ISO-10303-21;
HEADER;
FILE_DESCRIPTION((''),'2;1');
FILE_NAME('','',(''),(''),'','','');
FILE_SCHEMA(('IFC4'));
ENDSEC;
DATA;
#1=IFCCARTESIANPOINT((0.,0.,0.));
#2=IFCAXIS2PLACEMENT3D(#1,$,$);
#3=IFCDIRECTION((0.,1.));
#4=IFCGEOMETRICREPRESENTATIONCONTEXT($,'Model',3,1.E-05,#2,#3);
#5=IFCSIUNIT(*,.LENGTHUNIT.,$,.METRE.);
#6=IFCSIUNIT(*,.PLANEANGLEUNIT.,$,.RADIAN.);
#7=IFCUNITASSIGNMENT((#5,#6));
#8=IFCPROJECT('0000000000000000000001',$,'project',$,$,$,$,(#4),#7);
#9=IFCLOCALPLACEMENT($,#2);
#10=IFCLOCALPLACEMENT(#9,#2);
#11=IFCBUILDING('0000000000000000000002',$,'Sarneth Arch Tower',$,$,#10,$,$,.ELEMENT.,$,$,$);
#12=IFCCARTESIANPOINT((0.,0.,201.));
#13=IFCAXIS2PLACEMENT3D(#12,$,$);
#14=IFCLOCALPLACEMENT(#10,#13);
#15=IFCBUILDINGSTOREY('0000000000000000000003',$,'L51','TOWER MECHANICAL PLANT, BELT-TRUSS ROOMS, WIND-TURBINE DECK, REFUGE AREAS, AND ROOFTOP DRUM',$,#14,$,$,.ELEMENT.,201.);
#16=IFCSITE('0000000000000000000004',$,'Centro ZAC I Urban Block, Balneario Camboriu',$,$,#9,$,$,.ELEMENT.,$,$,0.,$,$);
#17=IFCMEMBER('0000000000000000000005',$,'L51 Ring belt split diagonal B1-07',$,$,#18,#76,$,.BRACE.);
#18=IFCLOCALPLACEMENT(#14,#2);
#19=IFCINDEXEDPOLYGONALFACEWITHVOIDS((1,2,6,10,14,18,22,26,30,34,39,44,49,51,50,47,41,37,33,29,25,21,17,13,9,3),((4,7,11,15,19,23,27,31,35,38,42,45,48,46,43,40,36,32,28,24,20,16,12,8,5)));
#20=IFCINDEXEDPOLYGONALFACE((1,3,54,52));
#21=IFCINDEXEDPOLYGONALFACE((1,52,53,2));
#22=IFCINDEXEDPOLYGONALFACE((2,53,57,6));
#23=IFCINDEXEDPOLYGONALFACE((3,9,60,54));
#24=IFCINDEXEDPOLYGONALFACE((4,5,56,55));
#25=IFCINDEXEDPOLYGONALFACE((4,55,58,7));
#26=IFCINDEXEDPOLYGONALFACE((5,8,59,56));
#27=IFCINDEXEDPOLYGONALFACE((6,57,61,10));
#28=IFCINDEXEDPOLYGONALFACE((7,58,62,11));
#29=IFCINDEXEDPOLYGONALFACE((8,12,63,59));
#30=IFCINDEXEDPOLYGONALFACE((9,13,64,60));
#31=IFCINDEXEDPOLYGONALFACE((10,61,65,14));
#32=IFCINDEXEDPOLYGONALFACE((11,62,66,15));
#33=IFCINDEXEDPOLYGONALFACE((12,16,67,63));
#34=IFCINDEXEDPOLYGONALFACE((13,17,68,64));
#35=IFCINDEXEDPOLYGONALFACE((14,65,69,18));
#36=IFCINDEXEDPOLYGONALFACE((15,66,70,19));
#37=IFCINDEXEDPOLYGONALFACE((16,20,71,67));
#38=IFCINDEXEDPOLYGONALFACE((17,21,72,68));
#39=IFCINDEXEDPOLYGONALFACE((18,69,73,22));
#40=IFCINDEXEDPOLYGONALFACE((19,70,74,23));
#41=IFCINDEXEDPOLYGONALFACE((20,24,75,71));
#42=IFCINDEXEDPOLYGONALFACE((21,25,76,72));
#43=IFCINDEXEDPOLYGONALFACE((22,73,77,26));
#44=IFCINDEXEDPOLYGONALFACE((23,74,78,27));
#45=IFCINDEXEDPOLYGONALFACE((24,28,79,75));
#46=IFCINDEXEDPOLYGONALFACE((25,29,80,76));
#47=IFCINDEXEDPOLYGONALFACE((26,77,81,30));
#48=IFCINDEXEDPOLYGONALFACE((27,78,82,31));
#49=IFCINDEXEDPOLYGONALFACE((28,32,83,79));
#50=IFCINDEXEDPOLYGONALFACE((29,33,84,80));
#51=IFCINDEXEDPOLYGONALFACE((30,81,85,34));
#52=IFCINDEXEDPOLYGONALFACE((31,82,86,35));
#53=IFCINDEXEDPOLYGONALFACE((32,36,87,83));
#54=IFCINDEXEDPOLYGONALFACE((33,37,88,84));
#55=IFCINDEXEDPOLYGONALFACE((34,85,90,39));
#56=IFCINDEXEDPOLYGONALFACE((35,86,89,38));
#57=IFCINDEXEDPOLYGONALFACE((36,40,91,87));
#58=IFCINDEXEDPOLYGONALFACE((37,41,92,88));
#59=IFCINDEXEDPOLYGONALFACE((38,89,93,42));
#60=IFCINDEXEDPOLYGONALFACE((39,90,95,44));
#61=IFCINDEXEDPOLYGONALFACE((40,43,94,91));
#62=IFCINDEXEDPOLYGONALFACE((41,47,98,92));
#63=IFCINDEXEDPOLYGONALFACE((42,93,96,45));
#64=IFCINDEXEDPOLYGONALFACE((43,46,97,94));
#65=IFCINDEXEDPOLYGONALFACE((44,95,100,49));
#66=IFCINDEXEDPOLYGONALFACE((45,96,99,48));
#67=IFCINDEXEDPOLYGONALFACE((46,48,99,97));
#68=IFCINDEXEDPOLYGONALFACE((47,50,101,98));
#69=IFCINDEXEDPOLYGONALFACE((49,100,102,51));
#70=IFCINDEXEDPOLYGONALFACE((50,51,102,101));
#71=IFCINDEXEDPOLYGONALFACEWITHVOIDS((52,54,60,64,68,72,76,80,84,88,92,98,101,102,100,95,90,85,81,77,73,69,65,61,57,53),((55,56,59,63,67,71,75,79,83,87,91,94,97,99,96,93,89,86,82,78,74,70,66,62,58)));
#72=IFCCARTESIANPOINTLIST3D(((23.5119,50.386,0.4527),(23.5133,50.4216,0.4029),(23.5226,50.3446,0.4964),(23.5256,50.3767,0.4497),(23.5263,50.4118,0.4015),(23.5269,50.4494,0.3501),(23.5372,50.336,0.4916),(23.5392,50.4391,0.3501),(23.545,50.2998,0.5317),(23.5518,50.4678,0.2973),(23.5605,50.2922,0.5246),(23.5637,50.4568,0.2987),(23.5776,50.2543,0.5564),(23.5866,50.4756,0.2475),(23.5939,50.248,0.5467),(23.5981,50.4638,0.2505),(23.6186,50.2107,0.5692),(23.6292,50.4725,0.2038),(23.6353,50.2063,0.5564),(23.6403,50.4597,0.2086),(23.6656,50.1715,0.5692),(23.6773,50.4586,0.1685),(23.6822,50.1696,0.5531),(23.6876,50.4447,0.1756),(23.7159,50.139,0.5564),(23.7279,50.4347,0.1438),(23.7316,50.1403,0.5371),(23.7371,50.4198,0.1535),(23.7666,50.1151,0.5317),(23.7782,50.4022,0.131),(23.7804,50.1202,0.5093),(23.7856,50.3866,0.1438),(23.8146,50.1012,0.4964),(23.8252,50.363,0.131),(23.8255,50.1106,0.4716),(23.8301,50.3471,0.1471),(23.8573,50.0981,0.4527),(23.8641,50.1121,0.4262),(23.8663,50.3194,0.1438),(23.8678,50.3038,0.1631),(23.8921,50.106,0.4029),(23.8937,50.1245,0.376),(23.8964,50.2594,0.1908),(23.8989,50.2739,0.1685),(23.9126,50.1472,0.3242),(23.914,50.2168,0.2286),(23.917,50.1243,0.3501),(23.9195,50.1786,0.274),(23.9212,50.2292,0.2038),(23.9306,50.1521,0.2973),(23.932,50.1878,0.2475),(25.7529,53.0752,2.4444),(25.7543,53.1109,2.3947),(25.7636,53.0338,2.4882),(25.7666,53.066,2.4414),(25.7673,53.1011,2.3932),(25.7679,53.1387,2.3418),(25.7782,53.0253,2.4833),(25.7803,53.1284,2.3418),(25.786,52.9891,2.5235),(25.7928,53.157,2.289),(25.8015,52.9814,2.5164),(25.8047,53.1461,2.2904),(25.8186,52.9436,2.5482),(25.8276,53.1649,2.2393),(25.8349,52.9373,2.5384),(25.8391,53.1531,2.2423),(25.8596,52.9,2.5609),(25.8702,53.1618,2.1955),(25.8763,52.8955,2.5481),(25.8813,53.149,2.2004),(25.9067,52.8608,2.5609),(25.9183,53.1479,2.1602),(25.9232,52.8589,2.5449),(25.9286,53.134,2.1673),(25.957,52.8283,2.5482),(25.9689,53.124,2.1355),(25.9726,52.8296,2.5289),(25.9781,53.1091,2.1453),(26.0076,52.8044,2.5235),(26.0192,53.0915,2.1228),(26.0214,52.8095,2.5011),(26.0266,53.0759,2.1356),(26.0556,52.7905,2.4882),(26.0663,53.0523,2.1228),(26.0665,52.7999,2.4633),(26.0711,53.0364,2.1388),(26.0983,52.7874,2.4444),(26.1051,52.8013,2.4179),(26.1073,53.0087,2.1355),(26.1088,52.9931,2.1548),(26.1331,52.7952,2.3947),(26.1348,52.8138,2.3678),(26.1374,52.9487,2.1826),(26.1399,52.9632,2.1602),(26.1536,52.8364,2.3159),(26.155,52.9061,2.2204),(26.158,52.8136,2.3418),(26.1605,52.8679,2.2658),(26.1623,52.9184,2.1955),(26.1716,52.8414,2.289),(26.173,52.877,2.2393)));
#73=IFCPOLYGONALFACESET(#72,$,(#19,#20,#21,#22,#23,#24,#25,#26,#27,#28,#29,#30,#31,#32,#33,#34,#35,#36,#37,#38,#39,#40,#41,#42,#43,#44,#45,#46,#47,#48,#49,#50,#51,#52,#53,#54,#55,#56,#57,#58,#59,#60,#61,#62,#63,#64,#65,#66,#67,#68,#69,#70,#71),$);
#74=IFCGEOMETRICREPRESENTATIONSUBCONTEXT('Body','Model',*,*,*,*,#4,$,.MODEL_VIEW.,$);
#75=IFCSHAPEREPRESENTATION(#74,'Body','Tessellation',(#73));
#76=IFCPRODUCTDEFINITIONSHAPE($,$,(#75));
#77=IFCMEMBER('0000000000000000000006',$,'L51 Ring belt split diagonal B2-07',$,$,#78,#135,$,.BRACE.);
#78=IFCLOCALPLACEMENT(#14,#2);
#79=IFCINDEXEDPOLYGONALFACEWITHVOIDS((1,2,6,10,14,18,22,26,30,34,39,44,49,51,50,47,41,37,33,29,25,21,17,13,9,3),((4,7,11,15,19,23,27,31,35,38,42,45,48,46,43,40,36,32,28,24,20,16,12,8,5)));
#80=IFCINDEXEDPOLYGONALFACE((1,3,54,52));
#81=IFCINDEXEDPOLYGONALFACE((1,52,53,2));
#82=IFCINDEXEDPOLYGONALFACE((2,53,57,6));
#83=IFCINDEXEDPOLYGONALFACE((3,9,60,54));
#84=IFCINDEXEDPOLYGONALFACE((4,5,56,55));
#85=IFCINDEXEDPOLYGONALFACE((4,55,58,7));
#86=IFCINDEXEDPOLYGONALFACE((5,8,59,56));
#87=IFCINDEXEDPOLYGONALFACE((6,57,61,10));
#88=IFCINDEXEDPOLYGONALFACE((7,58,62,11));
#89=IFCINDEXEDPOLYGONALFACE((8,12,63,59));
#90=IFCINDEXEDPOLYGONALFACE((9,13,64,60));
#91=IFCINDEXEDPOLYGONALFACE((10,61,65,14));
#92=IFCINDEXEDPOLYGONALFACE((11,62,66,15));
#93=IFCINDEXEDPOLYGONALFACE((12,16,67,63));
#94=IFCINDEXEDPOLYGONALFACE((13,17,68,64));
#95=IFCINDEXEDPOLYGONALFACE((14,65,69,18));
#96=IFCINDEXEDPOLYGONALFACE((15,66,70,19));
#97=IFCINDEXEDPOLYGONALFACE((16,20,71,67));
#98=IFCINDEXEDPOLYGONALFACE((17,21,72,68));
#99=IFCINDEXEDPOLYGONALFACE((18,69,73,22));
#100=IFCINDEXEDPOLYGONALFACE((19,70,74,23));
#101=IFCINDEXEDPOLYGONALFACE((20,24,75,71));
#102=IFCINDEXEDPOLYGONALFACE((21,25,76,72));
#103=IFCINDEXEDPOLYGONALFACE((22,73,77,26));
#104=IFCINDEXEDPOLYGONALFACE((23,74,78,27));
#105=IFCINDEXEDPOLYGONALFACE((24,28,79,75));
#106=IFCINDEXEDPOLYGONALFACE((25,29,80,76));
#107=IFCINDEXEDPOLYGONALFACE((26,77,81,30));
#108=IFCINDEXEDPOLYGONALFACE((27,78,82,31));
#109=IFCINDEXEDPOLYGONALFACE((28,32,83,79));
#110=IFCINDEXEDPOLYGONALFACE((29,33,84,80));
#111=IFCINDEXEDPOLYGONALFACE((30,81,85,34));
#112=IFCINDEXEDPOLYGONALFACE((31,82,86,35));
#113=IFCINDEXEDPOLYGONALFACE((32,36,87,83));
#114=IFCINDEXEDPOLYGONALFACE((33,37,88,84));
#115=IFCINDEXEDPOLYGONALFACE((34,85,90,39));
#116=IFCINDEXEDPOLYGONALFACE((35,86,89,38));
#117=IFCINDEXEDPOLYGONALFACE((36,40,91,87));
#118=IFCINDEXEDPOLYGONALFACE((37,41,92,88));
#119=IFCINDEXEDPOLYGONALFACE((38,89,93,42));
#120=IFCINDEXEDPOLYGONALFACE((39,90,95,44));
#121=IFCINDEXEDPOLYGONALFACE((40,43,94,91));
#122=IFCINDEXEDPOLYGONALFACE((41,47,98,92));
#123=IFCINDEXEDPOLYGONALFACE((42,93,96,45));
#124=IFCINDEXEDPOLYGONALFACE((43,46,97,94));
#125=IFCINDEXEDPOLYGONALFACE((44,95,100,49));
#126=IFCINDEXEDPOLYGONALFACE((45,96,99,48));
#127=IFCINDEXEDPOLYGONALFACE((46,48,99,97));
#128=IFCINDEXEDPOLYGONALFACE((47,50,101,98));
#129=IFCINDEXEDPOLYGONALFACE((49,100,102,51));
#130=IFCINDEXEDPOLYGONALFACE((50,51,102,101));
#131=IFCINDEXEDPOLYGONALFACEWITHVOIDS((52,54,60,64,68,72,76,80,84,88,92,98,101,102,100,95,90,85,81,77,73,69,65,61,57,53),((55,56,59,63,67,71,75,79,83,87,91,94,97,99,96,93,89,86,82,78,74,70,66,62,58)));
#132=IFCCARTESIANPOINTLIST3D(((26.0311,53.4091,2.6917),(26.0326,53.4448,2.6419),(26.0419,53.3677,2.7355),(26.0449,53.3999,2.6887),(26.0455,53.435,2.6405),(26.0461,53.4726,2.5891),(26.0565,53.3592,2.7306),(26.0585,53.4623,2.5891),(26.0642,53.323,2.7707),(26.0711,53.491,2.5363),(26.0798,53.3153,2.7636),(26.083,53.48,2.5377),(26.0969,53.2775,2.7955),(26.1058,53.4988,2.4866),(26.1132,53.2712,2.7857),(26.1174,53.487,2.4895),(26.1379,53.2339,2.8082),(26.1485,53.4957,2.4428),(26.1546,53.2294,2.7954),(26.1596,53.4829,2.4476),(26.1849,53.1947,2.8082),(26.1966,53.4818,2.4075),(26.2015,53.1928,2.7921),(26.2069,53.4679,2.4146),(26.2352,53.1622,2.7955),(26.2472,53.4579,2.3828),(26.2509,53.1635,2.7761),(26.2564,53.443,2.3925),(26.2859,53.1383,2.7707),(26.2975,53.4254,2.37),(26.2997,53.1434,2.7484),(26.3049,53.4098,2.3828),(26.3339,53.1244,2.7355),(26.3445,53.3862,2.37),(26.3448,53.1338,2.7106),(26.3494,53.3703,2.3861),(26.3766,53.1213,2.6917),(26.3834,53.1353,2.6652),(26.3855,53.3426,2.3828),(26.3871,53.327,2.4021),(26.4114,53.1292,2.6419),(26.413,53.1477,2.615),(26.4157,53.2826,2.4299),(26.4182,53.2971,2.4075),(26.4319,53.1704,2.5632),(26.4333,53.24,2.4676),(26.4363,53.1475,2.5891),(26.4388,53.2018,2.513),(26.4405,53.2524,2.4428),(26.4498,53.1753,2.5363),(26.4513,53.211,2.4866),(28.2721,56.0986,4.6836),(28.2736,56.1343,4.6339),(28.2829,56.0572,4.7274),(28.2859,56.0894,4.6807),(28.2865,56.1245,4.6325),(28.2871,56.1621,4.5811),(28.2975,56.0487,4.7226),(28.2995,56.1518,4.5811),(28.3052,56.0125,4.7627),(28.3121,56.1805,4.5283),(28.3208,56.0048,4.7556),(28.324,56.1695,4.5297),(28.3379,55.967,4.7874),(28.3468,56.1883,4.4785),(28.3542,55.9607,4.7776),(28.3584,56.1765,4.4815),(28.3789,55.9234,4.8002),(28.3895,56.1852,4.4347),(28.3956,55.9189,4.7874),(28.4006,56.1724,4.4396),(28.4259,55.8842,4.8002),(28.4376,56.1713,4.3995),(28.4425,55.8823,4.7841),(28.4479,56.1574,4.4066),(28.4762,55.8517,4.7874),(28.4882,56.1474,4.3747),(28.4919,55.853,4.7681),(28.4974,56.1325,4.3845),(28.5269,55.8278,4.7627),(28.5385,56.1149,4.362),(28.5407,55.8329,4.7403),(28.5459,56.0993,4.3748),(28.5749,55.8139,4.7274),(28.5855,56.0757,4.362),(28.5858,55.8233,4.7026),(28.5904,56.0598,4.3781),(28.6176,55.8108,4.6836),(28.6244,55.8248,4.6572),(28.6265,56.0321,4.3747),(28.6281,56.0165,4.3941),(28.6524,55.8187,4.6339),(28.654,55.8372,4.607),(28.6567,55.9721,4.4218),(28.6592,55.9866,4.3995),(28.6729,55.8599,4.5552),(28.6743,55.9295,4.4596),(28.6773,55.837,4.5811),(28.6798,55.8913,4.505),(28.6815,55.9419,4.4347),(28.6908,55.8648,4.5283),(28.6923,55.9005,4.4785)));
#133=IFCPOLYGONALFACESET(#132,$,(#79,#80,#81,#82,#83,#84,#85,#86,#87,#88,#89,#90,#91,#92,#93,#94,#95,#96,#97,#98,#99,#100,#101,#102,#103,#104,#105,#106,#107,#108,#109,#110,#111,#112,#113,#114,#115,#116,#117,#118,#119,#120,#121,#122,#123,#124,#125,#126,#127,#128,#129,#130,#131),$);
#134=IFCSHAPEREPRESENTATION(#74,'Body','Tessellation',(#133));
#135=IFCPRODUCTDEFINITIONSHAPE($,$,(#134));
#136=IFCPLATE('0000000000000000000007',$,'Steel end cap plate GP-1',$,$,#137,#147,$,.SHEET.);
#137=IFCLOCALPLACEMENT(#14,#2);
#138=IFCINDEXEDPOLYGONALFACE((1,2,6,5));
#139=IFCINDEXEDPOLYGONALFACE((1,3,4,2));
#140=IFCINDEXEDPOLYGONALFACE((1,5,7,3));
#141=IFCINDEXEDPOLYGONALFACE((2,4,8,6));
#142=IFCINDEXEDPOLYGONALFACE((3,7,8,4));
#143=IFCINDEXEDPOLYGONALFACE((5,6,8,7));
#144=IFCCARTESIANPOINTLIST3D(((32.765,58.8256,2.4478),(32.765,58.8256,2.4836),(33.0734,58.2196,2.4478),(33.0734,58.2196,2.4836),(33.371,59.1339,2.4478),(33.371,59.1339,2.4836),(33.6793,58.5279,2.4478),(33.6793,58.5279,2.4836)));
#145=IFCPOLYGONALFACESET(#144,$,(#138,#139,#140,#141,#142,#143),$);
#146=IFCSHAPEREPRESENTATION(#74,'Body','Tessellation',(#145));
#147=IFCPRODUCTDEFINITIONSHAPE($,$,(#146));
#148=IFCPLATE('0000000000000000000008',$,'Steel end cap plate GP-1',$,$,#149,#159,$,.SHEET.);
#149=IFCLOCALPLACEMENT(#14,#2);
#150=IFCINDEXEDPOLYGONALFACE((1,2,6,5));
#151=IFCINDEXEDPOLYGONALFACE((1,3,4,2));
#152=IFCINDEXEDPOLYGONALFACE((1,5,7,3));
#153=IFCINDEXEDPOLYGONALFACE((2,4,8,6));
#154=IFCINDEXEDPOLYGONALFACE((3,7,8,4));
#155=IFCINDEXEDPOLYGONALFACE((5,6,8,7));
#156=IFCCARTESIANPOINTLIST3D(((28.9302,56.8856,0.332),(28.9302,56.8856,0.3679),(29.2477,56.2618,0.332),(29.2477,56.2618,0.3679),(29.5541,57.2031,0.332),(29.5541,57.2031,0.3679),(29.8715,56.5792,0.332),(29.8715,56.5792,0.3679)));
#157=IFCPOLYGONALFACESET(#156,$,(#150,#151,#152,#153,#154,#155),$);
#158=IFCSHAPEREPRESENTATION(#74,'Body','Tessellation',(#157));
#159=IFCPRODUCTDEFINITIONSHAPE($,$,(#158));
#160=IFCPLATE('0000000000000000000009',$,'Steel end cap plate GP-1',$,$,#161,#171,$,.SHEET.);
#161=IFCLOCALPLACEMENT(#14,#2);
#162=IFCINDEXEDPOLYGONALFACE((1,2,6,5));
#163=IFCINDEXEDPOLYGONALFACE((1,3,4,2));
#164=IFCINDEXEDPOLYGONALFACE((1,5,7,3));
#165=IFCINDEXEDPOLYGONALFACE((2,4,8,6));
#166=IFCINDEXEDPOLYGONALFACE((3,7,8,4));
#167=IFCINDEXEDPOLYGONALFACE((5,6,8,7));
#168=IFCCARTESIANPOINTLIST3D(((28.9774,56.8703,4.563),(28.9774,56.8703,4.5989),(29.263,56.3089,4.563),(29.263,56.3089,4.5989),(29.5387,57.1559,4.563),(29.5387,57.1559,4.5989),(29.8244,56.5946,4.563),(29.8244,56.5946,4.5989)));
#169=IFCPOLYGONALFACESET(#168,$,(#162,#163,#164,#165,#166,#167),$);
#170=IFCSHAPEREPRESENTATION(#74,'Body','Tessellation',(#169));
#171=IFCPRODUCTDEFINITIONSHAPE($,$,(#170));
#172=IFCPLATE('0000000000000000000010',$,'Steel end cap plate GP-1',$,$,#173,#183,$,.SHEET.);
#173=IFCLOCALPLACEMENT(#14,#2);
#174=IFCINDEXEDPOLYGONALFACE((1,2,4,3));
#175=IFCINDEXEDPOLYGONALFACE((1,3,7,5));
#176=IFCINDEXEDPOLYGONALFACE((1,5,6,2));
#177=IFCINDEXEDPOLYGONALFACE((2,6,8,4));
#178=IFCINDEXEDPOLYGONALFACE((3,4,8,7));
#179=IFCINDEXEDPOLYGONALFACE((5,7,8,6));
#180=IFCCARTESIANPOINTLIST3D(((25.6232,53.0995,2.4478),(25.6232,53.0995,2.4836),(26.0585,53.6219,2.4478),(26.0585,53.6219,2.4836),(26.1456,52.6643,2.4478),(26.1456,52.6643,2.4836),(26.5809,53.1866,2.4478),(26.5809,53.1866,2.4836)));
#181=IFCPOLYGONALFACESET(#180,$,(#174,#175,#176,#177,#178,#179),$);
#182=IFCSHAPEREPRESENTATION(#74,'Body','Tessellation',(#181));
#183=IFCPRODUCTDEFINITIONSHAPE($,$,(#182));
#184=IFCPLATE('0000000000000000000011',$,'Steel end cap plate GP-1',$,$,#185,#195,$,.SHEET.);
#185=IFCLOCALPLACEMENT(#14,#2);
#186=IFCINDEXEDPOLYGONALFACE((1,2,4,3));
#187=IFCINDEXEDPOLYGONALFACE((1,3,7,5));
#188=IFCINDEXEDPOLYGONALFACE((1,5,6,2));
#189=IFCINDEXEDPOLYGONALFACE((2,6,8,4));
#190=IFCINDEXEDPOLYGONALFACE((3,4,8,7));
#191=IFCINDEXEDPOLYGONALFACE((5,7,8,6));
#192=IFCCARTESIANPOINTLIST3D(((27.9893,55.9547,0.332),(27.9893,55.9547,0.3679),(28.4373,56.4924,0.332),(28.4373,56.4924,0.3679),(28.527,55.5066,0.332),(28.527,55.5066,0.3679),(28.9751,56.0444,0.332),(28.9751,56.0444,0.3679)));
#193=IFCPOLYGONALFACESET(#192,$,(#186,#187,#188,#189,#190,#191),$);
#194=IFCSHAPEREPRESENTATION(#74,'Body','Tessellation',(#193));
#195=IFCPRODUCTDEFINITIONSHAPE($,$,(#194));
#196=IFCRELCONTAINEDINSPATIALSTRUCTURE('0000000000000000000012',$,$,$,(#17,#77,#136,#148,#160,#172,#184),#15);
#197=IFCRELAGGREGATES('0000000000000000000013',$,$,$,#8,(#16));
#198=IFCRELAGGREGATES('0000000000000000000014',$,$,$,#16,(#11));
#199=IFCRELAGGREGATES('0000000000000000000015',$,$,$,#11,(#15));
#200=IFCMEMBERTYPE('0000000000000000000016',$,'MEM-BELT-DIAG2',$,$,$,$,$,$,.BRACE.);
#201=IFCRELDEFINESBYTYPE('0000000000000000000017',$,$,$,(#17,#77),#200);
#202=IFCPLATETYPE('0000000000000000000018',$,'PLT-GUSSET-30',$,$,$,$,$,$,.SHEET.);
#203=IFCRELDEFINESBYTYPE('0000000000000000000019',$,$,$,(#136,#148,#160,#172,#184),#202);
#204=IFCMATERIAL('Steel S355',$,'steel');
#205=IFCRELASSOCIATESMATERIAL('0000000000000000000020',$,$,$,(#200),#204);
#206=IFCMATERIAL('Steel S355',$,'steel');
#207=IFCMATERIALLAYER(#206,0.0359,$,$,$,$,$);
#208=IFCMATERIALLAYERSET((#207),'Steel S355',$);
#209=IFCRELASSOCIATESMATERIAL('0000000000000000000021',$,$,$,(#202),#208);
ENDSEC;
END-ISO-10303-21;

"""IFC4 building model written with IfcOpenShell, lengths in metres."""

from ifc_helpers import new_model, si_unit, direction, frame, origin, origin_2d, place, context, subcontext, project, spatial, rectangle, hollow_circle, extrude, material, layer, layer_set, material_profile, profile_set, type_object, element, save


model = new_model("IFC4")

# Units and contexts
model_context = context("Model", 3, precision=1e-05, world=origin(), true_north=direction((0.0, 1.0)))
body_context = subcontext(model_context, "Body", "Model", "MODEL_VIEW")
ifc_project = project(units=[si_unit("LENGTHUNIT", "METRE"), si_unit("PLANEANGLEUNIT", "RADIAN")], contexts=[model_context])

# Site, building, storey
site_placement = place(None, origin())
site = spatial("IfcSite", under=ifc_project, at=site_placement, Name="Centro ZAC I Urban Block, Balneario Camboriu", CompositionType="ELEMENT", RefElevation=0.0)
building_placement = place(site_placement, origin())
building = spatial("IfcBuilding", under=site, at=building_placement, Name="Sarneth Arch Tower", CompositionType="ELEMENT")
storey_placement = place(building_placement, frame((0.0, 0.0, 201.0)))
storey = spatial("IfcBuildingStorey", under=building, at=storey_placement, Name="L51", Description="TOWER MECHANICAL PLANT, BELT-TRUSS ROOMS, WIND-TURBINE DECK, REFUGE AREAS, AND ROOFTOP DRUM", CompositionType="ELEMENT", Elevation=201.0)

# Members
ifc_material_1 = material(Name="Steel S355", Category="steel")
ifc_material_profile_1 = material_profile(ifc_material_1, hollow_circle(Radius=0.2539, WallThickness=0.0161, at=origin_2d()), Name="CHS508x16")
ifc_profile_set_1 = profile_set([ifc_material_profile_1], Name="Steel S355")
member_type_1 = type_object("IfcMemberType", Name="MEM-BELT-DIAG2", PredefinedType="BRACE", material=ifc_profile_set_1)
member_1_placement = place(storey_placement, frame((23.7219, 50.2869, 0.3501), z_axis=(0.556418, 0.667714, 0.494527), x_axis=(-0.768227, 0.640178, 0.0)))
element("IfcMember", 1, at=member_1_placement, inside=storey, type_object=member_type_1, Name="L51 Ring belt split diagonal B1-07", PredefinedType="BRACE", context=body_context, shape_type="SweptSolid", body=[
    extrude(hollow_circle(Radius=0.2539, WallThickness=0.0161, at=origin_2d()), origin(), (0.0, 0.0, 1.0), 4.0276),
])
member_2_placement = place(storey_placement, frame((26.2412, 53.3101, 2.5891), z_axis=(0.556379, 0.667728, 0.494552), x_axis=(-0.768256, 0.640143, 0.0)))
element("IfcMember", 2, at=member_2_placement, inside=storey, type_object=member_type_1, Name="L51 Ring belt split diagonal B2-07", PredefinedType="BRACE", context=body_context, shape_type="SweptSolid", body=[
    extrude(hollow_circle(Radius=0.2539, WallThickness=0.0161, at=origin_2d()), origin(), (0.0, 0.0, 1.0), 4.0278),
])

# Plates
ifc_material_2 = material(Name="Steel S355", Category="steel")
ifc_layer_1 = layer(ifc_material_2, 0.0359)
ifc_layer_set_1 = layer_set([ifc_layer_1], Name="Steel S355")
plate_type_1 = type_object("IfcPlateType", Name="PLT-GUSSET-30", PredefinedType="SHEET", material=ifc_layer_set_1)
plate_1_placement = place(storey_placement, frame((33.2222, 58.6768, 2.4478), z_axis=(0.0, 0.0, 1.0), x_axis=(-0.891244, -0.453524, 0.0)))
element("IfcPlate", 3, at=plate_1_placement, inside=storey, type_object=plate_type_1, Name="Steel end cap plate GP-1", PredefinedType="SHEET", context=body_context, shape_type="SweptSolid", body=[
    extrude(rectangle(XDim=0.6799, YDim=0.6799, at=origin_2d()), origin(), (0.0, 0.0, 1.0), 0.0359),
])
plate_2_placement = place(storey_placement, frame((29.4009, 56.7324, 0.332), z_axis=(0.0, 0.0, 1.0), x_axis=(-0.891244, -0.453524, 0.0)))
element("IfcPlate", 4, at=plate_2_placement, inside=storey, type_object=plate_type_1, Name="Steel end cap plate GP-1", PredefinedType="SHEET", context=body_context, shape_type="SweptSolid", body=[
    extrude(rectangle(XDim=0.7, YDim=0.7, at=origin_2d()), origin(), (0.0, 0.0, 1.0), 0.0359),
])
plate_3_placement = place(storey_placement, frame((29.4009, 56.7324, 4.563), z_axis=(0.0, 0.0, 1.0), x_axis=(-0.891244, -0.453524, 0.0)))
element("IfcPlate", 5, at=plate_3_placement, inside=storey, type_object=plate_type_1, Name="Steel end cap plate GP-1", PredefinedType="SHEET", context=body_context, shape_type="SweptSolid", body=[
    extrude(rectangle(XDim=0.6299, YDim=0.6299, at=origin_2d()), origin(), (0.0, 0.0, 1.0), 0.0359),
])
plate_4_placement = place(storey_placement, frame((26.1021, 53.1431, 2.4478), z_axis=(0.0, 0.0, 1.0), x_axis=(-0.64011, -0.768284, 0.0)))
element("IfcPlate", 6, at=plate_4_placement, inside=storey, type_object=plate_type_1, Name="Steel end cap plate GP-1", PredefinedType="SHEET", context=body_context, shape_type="SweptSolid", body=[
    extrude(rectangle(XDim=0.6799, YDim=0.6799, at=origin_2d()), origin(), (0.0, 0.0, 1.0), 0.0359),
])
for number, where, z_axis, x_axis, name in (
    (7, (28.4822, 55.9995, 0.332), (0.0, 0.0, 1.0), (0.64011, 0.768284, 0.0), "Steel end cap plate GP-1"),
):
    element("IfcPlate", number, at=place(storey_placement, frame(where, z_axis=z_axis, x_axis=x_axis)), inside=storey, type_object=plate_type_1, Name=name, PredefinedType="SHEET", context=body_context, shape_type="SweptSolid", body=[
        extrude(rectangle(XDim=0.7, YDim=0.7, at=origin_2d()), origin(), (0.0, 0.0, 1.0), 0.0359),
    ])

save(model, "model.ifc")
